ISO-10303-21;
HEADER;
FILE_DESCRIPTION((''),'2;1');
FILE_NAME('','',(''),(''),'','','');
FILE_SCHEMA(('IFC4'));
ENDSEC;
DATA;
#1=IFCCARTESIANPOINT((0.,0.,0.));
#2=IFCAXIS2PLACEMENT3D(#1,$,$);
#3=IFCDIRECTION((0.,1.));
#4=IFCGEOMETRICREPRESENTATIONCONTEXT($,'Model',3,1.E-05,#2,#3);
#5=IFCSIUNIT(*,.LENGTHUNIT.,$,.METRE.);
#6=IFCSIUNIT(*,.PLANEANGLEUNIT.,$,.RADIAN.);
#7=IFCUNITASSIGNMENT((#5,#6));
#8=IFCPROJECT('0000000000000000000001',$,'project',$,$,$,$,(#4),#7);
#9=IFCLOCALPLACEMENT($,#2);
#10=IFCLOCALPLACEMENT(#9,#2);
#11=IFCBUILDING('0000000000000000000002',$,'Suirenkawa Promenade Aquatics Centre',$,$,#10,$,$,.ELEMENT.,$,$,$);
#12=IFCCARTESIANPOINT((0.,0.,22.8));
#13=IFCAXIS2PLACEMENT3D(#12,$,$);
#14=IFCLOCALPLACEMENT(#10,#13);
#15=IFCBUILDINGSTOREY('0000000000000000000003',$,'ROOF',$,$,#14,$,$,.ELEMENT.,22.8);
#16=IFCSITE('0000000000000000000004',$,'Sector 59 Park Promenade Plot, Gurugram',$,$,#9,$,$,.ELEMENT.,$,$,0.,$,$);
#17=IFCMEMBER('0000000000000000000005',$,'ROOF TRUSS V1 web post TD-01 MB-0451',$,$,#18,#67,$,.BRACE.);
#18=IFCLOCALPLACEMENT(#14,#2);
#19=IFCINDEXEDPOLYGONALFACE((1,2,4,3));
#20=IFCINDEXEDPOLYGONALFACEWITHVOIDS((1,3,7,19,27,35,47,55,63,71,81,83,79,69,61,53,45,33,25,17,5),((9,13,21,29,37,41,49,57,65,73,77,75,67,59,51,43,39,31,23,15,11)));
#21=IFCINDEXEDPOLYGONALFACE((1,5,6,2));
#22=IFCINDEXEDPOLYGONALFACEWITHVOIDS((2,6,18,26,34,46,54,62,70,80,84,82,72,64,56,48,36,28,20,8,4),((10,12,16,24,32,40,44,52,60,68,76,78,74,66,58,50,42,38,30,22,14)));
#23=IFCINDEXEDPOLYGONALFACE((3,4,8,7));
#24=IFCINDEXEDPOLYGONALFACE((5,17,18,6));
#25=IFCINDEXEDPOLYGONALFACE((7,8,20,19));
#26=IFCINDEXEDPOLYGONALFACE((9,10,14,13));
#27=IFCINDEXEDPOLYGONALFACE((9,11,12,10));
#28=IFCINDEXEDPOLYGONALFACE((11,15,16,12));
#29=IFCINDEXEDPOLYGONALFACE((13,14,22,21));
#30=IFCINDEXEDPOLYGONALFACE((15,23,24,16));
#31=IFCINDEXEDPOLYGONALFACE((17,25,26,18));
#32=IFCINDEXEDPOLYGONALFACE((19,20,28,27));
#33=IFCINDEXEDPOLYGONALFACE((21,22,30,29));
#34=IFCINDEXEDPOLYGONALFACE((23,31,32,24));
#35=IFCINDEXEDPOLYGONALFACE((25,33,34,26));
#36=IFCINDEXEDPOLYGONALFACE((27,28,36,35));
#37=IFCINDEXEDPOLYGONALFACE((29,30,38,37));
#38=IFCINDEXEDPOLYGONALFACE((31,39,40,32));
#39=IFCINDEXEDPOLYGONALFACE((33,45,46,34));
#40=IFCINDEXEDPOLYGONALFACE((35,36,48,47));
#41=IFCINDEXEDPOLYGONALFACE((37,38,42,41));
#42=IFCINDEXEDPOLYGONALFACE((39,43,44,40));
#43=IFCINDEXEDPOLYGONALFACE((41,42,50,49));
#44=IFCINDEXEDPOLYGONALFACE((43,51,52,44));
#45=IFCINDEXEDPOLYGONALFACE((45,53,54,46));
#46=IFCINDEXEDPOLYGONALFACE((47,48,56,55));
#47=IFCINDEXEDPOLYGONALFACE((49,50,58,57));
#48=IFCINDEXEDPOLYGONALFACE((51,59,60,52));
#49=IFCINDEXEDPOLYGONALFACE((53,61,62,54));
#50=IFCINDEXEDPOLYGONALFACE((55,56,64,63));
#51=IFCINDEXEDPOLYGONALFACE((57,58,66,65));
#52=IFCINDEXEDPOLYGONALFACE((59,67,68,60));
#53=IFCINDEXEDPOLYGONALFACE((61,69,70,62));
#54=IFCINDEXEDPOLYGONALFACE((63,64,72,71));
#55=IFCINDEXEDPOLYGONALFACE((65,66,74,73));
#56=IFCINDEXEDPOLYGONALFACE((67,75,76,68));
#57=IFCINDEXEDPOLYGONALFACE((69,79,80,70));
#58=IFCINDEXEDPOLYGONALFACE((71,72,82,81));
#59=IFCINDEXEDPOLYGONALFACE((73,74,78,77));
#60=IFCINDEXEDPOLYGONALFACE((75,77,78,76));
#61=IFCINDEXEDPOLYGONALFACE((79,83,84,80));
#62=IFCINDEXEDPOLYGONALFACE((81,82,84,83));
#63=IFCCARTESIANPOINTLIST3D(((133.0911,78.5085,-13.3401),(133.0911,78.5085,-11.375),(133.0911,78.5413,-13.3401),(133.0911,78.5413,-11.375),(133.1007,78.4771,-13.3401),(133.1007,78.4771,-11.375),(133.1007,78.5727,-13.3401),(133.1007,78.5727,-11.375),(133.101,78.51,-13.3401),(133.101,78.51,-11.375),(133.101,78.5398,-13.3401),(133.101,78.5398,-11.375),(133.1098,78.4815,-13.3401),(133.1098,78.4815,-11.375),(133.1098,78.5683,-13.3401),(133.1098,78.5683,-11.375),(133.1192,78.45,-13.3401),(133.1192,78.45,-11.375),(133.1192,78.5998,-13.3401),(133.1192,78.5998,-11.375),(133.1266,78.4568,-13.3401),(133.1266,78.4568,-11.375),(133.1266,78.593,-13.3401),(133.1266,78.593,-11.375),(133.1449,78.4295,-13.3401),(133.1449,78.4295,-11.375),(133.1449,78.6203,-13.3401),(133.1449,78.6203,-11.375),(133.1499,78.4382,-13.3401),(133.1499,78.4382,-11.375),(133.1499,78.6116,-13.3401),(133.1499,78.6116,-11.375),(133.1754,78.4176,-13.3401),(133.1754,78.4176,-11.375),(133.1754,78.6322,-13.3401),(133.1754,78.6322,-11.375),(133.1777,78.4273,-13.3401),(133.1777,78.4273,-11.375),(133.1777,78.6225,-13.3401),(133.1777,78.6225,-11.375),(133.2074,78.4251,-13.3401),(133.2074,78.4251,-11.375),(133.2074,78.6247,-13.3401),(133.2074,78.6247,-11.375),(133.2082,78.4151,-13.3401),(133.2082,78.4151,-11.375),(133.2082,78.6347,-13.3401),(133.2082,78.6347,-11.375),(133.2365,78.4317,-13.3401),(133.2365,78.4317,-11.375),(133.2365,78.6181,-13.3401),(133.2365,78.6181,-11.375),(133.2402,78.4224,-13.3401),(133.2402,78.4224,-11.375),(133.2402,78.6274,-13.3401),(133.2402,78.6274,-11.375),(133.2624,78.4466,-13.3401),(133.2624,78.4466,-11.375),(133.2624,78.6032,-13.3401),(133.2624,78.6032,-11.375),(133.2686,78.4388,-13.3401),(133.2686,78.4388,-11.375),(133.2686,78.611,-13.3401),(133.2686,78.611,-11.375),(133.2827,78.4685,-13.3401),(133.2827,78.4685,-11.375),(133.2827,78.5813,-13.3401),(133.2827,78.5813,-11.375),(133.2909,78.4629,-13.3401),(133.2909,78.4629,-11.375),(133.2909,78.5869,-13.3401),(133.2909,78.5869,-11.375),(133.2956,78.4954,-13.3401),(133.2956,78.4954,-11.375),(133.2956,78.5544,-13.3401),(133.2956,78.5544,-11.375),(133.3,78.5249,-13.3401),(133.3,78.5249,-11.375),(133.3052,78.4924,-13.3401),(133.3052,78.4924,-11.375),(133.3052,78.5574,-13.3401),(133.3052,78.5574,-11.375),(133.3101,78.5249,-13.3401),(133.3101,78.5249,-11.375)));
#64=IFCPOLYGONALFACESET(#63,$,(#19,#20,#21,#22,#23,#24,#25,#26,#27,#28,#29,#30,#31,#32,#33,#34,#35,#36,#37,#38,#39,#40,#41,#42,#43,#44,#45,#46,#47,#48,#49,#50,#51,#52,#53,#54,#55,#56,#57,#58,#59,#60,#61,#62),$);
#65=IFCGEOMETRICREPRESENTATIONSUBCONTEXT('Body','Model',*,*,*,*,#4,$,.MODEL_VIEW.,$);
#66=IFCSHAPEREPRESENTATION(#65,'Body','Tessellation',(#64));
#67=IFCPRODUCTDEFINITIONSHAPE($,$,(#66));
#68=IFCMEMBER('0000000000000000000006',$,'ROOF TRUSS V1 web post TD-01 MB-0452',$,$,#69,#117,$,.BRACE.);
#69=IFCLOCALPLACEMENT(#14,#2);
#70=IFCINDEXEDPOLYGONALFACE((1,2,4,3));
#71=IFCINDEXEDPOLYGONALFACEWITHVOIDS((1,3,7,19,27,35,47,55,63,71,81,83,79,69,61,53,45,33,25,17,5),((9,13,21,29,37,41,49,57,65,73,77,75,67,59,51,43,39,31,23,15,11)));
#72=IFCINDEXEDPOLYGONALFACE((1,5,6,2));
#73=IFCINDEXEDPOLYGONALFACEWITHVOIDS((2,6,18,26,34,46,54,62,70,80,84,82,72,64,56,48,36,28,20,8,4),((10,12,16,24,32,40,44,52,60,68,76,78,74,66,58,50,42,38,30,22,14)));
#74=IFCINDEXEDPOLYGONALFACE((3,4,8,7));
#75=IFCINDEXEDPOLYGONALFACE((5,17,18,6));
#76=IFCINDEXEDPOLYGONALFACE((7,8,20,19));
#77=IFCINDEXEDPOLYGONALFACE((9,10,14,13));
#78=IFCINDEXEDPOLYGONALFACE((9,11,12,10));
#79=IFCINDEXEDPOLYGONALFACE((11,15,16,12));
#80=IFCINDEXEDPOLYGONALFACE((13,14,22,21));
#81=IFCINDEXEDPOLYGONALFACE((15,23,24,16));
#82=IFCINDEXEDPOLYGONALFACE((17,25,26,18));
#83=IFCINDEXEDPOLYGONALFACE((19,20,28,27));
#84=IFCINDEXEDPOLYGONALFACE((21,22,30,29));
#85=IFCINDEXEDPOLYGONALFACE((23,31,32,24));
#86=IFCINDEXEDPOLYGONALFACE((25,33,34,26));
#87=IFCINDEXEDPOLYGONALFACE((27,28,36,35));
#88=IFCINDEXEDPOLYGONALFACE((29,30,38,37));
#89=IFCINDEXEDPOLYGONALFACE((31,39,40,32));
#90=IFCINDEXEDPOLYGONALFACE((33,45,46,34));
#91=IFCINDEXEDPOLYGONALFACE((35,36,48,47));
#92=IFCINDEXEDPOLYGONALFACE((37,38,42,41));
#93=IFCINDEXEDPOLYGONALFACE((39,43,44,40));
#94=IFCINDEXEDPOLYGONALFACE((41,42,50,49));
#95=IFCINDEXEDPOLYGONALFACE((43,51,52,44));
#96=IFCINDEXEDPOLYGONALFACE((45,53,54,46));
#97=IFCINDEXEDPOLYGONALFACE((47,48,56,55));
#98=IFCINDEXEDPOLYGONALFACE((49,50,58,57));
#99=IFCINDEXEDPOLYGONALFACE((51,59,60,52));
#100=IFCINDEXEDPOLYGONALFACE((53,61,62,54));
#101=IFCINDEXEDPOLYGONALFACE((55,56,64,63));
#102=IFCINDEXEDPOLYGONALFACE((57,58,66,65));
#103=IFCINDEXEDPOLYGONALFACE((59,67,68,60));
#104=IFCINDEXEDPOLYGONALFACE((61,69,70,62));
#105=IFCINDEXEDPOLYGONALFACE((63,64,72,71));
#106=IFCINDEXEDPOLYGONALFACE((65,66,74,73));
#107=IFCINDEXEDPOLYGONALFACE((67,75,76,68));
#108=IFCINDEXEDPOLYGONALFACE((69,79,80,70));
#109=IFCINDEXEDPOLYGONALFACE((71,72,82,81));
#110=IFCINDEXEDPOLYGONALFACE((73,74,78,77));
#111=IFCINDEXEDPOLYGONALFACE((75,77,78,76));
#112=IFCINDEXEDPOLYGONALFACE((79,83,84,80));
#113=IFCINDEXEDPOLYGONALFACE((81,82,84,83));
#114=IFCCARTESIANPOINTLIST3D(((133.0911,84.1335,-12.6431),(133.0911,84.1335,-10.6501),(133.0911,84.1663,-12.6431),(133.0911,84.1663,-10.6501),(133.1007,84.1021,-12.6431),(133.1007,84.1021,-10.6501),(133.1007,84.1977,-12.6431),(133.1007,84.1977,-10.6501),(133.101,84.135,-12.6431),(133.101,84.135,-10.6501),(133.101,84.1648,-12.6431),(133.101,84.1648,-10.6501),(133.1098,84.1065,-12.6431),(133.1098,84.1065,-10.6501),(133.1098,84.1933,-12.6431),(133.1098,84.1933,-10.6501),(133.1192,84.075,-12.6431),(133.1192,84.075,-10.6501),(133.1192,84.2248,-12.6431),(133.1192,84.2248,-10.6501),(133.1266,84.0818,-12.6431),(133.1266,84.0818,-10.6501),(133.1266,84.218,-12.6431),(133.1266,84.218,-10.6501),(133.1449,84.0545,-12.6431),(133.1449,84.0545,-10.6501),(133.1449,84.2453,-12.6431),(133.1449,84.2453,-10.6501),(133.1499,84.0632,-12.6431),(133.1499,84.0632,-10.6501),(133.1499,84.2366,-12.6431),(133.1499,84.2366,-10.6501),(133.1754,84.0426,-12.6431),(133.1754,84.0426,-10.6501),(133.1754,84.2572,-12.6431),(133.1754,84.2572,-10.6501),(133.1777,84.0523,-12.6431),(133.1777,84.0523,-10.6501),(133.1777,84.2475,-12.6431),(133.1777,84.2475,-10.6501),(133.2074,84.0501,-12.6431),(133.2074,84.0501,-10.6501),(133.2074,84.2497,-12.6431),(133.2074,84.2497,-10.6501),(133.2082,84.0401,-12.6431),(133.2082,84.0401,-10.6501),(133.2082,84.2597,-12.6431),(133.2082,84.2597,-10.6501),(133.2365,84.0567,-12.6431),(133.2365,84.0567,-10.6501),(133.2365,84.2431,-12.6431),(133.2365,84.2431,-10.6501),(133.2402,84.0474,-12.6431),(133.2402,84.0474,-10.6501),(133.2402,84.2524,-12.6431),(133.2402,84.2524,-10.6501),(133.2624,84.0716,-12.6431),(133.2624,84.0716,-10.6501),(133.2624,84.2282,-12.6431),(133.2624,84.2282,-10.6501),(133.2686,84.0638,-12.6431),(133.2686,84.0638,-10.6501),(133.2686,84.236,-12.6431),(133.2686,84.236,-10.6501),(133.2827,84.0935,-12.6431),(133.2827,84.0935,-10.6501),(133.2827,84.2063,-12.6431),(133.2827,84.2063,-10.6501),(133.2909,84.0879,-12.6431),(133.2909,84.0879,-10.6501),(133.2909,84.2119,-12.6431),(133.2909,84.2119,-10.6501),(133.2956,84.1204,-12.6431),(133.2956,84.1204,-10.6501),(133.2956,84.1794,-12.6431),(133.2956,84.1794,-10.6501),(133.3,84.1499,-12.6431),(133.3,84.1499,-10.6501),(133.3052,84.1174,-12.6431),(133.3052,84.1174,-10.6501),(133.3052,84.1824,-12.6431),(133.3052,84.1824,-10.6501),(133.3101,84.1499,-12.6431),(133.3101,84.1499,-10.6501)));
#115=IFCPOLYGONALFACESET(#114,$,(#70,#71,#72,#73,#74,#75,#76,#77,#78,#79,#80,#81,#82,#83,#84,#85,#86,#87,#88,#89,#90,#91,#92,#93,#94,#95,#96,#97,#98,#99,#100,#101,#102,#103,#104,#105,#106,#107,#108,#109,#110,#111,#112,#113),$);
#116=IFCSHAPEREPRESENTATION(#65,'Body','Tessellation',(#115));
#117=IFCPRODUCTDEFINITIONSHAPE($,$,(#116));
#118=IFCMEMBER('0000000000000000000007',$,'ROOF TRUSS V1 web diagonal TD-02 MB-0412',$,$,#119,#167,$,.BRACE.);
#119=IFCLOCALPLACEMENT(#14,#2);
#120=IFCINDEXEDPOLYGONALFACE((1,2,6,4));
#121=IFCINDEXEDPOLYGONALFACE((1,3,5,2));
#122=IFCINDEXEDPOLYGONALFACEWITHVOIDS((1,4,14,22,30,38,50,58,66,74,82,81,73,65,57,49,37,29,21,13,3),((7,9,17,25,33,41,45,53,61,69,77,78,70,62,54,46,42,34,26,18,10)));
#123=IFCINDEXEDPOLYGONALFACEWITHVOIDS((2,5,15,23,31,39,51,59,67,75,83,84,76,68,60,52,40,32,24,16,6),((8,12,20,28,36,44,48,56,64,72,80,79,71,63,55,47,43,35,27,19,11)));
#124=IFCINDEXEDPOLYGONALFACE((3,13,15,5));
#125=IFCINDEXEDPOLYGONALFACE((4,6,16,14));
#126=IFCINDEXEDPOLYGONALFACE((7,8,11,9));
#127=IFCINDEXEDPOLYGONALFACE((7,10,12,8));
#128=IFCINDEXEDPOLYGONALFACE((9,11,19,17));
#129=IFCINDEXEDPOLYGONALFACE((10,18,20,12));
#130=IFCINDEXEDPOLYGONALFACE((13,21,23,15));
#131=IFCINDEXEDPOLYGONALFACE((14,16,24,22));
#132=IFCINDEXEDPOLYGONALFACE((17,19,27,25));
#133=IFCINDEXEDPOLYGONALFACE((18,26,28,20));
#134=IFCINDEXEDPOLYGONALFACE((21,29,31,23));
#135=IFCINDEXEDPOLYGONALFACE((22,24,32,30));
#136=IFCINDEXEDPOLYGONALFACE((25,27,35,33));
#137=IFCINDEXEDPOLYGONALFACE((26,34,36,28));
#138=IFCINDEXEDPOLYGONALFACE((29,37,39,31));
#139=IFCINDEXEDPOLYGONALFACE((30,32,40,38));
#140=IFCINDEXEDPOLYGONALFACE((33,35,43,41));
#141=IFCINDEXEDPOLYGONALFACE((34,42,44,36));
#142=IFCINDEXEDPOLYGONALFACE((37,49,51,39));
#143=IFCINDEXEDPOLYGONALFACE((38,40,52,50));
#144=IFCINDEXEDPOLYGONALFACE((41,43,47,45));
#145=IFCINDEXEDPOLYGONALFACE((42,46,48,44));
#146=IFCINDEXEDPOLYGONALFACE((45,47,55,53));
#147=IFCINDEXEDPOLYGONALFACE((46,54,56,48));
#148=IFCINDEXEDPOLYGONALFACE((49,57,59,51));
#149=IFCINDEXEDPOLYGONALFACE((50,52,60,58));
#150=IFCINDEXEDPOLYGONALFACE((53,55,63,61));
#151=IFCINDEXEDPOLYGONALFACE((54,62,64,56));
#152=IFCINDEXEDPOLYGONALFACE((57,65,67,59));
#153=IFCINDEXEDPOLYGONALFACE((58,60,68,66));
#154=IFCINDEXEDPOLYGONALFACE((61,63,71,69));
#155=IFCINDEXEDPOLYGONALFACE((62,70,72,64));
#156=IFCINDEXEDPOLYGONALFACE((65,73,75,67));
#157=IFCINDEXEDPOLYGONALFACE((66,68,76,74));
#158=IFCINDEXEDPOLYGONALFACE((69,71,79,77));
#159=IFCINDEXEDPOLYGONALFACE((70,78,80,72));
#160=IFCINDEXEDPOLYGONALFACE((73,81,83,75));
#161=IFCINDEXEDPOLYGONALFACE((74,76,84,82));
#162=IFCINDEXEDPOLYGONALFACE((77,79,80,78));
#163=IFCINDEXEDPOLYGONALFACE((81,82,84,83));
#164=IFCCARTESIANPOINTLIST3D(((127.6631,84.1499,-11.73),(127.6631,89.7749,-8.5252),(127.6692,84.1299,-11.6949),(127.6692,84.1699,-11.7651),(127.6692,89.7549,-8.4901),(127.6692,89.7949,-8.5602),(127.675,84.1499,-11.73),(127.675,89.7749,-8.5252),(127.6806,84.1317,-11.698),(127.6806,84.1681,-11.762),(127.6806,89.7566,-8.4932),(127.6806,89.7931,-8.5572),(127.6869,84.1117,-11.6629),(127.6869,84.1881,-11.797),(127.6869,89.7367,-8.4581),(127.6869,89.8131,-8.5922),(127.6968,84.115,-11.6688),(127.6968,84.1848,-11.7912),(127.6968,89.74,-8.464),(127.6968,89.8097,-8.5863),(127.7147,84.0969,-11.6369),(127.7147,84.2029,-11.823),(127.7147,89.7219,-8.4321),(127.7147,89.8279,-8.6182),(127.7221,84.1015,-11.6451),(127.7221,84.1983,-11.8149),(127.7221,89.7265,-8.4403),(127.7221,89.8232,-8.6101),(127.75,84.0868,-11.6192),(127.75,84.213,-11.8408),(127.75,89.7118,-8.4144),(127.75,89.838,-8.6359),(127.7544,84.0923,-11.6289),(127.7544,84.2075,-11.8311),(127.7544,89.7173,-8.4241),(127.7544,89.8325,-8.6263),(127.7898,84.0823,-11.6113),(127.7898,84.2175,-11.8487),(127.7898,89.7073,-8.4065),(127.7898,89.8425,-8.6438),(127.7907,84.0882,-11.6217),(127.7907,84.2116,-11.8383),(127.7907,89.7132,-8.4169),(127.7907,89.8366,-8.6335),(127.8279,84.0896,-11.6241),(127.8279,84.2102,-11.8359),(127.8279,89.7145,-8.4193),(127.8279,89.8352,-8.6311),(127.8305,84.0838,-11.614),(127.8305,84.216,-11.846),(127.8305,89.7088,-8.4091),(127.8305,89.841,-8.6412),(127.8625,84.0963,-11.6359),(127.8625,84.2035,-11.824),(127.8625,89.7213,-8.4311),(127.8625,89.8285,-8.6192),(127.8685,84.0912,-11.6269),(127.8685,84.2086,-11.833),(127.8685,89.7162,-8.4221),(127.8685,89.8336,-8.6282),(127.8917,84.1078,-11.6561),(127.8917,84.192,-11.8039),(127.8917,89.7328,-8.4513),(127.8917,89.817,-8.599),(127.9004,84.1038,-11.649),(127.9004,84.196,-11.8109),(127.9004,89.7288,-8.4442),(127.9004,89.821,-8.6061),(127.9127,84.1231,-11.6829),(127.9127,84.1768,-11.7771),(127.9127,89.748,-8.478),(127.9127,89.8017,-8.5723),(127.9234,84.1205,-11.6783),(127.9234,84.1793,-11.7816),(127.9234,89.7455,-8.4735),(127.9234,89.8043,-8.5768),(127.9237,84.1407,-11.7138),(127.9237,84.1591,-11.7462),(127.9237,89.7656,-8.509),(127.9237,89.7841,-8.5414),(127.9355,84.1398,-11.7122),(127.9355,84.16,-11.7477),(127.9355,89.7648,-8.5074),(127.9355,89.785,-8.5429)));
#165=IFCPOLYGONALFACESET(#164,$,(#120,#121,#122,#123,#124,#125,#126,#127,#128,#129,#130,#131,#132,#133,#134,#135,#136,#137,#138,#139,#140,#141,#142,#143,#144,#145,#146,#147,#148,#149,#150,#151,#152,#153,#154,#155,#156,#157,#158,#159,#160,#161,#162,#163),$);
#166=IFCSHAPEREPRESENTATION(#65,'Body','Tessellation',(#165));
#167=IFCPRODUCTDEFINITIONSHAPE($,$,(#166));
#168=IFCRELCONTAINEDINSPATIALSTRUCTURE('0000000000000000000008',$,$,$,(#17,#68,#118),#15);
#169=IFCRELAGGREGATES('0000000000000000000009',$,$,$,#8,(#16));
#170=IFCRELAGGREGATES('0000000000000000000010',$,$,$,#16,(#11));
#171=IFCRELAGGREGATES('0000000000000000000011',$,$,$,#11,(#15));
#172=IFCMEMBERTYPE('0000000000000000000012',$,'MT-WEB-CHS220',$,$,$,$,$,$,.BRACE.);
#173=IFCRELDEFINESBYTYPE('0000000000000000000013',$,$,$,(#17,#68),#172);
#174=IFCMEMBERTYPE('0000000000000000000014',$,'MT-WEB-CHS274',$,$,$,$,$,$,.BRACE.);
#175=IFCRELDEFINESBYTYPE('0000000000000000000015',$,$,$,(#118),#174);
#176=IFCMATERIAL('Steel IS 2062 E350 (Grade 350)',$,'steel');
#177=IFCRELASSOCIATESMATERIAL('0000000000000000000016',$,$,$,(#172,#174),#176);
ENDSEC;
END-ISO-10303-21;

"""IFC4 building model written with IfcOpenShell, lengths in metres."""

from ifc_helpers import new_model, si_unit, direction, frame, origin, origin_2d, place, context, subcontext, project, spatial, hollow_circle, extrude, material, material_profile, profile_set, type_object, element, save


model = new_model("IFC4")

# Units and contexts
model_context = context("Model", 3, precision=1e-05, world=origin(), true_north=direction((0.0, 1.0)))
body_context = subcontext(model_context, "Body", "Model", "MODEL_VIEW")
ifc_project = project(units=[si_unit("LENGTHUNIT", "METRE"), si_unit("PLANEANGLEUNIT", "RADIAN")], contexts=[model_context])

# Site, building, storey
site_placement = place(None, origin())
site = spatial("IfcSite", under=ifc_project, at=site_placement, Name="Sector 59 Park Promenade Plot, Gurugram", CompositionType="ELEMENT", RefElevation=0.0)
building_placement = place(site_placement, origin())
building = spatial("IfcBuilding", under=site, at=building_placement, Name="Suirenkawa Promenade Aquatics Centre", CompositionType="ELEMENT")
storey_placement = place(building_placement, frame((0.0, 0.0, 22.8)))
storey = spatial("IfcBuildingStorey", under=building, at=storey_placement, Name="ROOF", CompositionType="ELEMENT", Elevation=22.8)

# Shared definitions
ifc_material = material(Name="Steel IS 2062 E350 (Grade 350)", Category="steel")

# Members
ifc_material_profile_1 = material_profile(ifc_material, hollow_circle(Radius=0.1101, WallThickness=0.01, at=origin_2d()), Name="CHS 220x10", Category="steel")
ifc_profile_set_1 = profile_set([ifc_material_profile_1], Name="Steel IS 2062 E350 (Grade 350)")
member_type_1 = type_object("IfcMemberType", Name="MT-WEB-CHS220", PredefinedType="BRACE", material=ifc_profile_set_1)
member_1_placement = place(storey_placement, frame((133.2, 78.5249, -13.3401), z_axis=(0.0, 0.0, 1.0), x_axis=(1.0, 0.0, 0.0)))
element("IfcMember", 1, at=member_1_placement, inside=storey, type_object=member_type_1, Name="ROOF TRUSS V1 web post TD-01 MB-0451", PredefinedType="BRACE", context=body_context, shape_type="SweptSolid", body=[
    extrude(hollow_circle(Radius=0.1101, WallThickness=0.01, at=origin_2d()), origin(), (0.0, 0.0, 1.0), 1.9651),
])
member_2_placement = place(storey_placement, frame((133.2, 84.1499, -12.6431), z_axis=(0.0, 0.0, 1.0), x_axis=(1.0, 0.0, 0.0)))
element("IfcMember", 2, at=member_2_placement, inside=storey, type_object=member_type_1, Name="ROOF TRUSS V1 web post TD-01 MB-0452", PredefinedType="BRACE", context=body_context, shape_type="SweptSolid", body=[
    extrude(hollow_circle(Radius=0.1101, WallThickness=0.01, at=origin_2d()), origin(), (0.0, 0.0, 1.0), 1.9929),
])
ifc_material_profile_2 = material_profile(ifc_material, hollow_circle(Radius=0.137, WallThickness=0.012, at=origin_2d()), Name="CHS 274x12", Category="steel")
ifc_profile_set_2 = profile_set([ifc_material_profile_2], Name="Steel IS 2062 E350 (Grade 350)")
member_type_2 = type_object("IfcMemberType", Name="MT-WEB-CHS274", PredefinedType="BRACE", material=ifc_profile_set_2)
member_3_placement = place(storey_placement, frame((127.8, 84.1499, -11.73), z_axis=(0.0, 0.868871, 0.495038), x_axis=(-1.0, 0.0, 0.0)))
element("IfcMember", 3, at=member_3_placement, inside=storey, type_object=member_type_2, Name="ROOF TRUSS V1 web diagonal TD-02 MB-0412", PredefinedType="BRACE", context=body_context, shape_type="SweptSolid", body=[
    extrude(hollow_circle(Radius=0.137, WallThickness=0.012, at=origin_2d()), origin(), (0.0, 0.0, 1.0), 6.4739),
])

save(model, "model.ifc")
